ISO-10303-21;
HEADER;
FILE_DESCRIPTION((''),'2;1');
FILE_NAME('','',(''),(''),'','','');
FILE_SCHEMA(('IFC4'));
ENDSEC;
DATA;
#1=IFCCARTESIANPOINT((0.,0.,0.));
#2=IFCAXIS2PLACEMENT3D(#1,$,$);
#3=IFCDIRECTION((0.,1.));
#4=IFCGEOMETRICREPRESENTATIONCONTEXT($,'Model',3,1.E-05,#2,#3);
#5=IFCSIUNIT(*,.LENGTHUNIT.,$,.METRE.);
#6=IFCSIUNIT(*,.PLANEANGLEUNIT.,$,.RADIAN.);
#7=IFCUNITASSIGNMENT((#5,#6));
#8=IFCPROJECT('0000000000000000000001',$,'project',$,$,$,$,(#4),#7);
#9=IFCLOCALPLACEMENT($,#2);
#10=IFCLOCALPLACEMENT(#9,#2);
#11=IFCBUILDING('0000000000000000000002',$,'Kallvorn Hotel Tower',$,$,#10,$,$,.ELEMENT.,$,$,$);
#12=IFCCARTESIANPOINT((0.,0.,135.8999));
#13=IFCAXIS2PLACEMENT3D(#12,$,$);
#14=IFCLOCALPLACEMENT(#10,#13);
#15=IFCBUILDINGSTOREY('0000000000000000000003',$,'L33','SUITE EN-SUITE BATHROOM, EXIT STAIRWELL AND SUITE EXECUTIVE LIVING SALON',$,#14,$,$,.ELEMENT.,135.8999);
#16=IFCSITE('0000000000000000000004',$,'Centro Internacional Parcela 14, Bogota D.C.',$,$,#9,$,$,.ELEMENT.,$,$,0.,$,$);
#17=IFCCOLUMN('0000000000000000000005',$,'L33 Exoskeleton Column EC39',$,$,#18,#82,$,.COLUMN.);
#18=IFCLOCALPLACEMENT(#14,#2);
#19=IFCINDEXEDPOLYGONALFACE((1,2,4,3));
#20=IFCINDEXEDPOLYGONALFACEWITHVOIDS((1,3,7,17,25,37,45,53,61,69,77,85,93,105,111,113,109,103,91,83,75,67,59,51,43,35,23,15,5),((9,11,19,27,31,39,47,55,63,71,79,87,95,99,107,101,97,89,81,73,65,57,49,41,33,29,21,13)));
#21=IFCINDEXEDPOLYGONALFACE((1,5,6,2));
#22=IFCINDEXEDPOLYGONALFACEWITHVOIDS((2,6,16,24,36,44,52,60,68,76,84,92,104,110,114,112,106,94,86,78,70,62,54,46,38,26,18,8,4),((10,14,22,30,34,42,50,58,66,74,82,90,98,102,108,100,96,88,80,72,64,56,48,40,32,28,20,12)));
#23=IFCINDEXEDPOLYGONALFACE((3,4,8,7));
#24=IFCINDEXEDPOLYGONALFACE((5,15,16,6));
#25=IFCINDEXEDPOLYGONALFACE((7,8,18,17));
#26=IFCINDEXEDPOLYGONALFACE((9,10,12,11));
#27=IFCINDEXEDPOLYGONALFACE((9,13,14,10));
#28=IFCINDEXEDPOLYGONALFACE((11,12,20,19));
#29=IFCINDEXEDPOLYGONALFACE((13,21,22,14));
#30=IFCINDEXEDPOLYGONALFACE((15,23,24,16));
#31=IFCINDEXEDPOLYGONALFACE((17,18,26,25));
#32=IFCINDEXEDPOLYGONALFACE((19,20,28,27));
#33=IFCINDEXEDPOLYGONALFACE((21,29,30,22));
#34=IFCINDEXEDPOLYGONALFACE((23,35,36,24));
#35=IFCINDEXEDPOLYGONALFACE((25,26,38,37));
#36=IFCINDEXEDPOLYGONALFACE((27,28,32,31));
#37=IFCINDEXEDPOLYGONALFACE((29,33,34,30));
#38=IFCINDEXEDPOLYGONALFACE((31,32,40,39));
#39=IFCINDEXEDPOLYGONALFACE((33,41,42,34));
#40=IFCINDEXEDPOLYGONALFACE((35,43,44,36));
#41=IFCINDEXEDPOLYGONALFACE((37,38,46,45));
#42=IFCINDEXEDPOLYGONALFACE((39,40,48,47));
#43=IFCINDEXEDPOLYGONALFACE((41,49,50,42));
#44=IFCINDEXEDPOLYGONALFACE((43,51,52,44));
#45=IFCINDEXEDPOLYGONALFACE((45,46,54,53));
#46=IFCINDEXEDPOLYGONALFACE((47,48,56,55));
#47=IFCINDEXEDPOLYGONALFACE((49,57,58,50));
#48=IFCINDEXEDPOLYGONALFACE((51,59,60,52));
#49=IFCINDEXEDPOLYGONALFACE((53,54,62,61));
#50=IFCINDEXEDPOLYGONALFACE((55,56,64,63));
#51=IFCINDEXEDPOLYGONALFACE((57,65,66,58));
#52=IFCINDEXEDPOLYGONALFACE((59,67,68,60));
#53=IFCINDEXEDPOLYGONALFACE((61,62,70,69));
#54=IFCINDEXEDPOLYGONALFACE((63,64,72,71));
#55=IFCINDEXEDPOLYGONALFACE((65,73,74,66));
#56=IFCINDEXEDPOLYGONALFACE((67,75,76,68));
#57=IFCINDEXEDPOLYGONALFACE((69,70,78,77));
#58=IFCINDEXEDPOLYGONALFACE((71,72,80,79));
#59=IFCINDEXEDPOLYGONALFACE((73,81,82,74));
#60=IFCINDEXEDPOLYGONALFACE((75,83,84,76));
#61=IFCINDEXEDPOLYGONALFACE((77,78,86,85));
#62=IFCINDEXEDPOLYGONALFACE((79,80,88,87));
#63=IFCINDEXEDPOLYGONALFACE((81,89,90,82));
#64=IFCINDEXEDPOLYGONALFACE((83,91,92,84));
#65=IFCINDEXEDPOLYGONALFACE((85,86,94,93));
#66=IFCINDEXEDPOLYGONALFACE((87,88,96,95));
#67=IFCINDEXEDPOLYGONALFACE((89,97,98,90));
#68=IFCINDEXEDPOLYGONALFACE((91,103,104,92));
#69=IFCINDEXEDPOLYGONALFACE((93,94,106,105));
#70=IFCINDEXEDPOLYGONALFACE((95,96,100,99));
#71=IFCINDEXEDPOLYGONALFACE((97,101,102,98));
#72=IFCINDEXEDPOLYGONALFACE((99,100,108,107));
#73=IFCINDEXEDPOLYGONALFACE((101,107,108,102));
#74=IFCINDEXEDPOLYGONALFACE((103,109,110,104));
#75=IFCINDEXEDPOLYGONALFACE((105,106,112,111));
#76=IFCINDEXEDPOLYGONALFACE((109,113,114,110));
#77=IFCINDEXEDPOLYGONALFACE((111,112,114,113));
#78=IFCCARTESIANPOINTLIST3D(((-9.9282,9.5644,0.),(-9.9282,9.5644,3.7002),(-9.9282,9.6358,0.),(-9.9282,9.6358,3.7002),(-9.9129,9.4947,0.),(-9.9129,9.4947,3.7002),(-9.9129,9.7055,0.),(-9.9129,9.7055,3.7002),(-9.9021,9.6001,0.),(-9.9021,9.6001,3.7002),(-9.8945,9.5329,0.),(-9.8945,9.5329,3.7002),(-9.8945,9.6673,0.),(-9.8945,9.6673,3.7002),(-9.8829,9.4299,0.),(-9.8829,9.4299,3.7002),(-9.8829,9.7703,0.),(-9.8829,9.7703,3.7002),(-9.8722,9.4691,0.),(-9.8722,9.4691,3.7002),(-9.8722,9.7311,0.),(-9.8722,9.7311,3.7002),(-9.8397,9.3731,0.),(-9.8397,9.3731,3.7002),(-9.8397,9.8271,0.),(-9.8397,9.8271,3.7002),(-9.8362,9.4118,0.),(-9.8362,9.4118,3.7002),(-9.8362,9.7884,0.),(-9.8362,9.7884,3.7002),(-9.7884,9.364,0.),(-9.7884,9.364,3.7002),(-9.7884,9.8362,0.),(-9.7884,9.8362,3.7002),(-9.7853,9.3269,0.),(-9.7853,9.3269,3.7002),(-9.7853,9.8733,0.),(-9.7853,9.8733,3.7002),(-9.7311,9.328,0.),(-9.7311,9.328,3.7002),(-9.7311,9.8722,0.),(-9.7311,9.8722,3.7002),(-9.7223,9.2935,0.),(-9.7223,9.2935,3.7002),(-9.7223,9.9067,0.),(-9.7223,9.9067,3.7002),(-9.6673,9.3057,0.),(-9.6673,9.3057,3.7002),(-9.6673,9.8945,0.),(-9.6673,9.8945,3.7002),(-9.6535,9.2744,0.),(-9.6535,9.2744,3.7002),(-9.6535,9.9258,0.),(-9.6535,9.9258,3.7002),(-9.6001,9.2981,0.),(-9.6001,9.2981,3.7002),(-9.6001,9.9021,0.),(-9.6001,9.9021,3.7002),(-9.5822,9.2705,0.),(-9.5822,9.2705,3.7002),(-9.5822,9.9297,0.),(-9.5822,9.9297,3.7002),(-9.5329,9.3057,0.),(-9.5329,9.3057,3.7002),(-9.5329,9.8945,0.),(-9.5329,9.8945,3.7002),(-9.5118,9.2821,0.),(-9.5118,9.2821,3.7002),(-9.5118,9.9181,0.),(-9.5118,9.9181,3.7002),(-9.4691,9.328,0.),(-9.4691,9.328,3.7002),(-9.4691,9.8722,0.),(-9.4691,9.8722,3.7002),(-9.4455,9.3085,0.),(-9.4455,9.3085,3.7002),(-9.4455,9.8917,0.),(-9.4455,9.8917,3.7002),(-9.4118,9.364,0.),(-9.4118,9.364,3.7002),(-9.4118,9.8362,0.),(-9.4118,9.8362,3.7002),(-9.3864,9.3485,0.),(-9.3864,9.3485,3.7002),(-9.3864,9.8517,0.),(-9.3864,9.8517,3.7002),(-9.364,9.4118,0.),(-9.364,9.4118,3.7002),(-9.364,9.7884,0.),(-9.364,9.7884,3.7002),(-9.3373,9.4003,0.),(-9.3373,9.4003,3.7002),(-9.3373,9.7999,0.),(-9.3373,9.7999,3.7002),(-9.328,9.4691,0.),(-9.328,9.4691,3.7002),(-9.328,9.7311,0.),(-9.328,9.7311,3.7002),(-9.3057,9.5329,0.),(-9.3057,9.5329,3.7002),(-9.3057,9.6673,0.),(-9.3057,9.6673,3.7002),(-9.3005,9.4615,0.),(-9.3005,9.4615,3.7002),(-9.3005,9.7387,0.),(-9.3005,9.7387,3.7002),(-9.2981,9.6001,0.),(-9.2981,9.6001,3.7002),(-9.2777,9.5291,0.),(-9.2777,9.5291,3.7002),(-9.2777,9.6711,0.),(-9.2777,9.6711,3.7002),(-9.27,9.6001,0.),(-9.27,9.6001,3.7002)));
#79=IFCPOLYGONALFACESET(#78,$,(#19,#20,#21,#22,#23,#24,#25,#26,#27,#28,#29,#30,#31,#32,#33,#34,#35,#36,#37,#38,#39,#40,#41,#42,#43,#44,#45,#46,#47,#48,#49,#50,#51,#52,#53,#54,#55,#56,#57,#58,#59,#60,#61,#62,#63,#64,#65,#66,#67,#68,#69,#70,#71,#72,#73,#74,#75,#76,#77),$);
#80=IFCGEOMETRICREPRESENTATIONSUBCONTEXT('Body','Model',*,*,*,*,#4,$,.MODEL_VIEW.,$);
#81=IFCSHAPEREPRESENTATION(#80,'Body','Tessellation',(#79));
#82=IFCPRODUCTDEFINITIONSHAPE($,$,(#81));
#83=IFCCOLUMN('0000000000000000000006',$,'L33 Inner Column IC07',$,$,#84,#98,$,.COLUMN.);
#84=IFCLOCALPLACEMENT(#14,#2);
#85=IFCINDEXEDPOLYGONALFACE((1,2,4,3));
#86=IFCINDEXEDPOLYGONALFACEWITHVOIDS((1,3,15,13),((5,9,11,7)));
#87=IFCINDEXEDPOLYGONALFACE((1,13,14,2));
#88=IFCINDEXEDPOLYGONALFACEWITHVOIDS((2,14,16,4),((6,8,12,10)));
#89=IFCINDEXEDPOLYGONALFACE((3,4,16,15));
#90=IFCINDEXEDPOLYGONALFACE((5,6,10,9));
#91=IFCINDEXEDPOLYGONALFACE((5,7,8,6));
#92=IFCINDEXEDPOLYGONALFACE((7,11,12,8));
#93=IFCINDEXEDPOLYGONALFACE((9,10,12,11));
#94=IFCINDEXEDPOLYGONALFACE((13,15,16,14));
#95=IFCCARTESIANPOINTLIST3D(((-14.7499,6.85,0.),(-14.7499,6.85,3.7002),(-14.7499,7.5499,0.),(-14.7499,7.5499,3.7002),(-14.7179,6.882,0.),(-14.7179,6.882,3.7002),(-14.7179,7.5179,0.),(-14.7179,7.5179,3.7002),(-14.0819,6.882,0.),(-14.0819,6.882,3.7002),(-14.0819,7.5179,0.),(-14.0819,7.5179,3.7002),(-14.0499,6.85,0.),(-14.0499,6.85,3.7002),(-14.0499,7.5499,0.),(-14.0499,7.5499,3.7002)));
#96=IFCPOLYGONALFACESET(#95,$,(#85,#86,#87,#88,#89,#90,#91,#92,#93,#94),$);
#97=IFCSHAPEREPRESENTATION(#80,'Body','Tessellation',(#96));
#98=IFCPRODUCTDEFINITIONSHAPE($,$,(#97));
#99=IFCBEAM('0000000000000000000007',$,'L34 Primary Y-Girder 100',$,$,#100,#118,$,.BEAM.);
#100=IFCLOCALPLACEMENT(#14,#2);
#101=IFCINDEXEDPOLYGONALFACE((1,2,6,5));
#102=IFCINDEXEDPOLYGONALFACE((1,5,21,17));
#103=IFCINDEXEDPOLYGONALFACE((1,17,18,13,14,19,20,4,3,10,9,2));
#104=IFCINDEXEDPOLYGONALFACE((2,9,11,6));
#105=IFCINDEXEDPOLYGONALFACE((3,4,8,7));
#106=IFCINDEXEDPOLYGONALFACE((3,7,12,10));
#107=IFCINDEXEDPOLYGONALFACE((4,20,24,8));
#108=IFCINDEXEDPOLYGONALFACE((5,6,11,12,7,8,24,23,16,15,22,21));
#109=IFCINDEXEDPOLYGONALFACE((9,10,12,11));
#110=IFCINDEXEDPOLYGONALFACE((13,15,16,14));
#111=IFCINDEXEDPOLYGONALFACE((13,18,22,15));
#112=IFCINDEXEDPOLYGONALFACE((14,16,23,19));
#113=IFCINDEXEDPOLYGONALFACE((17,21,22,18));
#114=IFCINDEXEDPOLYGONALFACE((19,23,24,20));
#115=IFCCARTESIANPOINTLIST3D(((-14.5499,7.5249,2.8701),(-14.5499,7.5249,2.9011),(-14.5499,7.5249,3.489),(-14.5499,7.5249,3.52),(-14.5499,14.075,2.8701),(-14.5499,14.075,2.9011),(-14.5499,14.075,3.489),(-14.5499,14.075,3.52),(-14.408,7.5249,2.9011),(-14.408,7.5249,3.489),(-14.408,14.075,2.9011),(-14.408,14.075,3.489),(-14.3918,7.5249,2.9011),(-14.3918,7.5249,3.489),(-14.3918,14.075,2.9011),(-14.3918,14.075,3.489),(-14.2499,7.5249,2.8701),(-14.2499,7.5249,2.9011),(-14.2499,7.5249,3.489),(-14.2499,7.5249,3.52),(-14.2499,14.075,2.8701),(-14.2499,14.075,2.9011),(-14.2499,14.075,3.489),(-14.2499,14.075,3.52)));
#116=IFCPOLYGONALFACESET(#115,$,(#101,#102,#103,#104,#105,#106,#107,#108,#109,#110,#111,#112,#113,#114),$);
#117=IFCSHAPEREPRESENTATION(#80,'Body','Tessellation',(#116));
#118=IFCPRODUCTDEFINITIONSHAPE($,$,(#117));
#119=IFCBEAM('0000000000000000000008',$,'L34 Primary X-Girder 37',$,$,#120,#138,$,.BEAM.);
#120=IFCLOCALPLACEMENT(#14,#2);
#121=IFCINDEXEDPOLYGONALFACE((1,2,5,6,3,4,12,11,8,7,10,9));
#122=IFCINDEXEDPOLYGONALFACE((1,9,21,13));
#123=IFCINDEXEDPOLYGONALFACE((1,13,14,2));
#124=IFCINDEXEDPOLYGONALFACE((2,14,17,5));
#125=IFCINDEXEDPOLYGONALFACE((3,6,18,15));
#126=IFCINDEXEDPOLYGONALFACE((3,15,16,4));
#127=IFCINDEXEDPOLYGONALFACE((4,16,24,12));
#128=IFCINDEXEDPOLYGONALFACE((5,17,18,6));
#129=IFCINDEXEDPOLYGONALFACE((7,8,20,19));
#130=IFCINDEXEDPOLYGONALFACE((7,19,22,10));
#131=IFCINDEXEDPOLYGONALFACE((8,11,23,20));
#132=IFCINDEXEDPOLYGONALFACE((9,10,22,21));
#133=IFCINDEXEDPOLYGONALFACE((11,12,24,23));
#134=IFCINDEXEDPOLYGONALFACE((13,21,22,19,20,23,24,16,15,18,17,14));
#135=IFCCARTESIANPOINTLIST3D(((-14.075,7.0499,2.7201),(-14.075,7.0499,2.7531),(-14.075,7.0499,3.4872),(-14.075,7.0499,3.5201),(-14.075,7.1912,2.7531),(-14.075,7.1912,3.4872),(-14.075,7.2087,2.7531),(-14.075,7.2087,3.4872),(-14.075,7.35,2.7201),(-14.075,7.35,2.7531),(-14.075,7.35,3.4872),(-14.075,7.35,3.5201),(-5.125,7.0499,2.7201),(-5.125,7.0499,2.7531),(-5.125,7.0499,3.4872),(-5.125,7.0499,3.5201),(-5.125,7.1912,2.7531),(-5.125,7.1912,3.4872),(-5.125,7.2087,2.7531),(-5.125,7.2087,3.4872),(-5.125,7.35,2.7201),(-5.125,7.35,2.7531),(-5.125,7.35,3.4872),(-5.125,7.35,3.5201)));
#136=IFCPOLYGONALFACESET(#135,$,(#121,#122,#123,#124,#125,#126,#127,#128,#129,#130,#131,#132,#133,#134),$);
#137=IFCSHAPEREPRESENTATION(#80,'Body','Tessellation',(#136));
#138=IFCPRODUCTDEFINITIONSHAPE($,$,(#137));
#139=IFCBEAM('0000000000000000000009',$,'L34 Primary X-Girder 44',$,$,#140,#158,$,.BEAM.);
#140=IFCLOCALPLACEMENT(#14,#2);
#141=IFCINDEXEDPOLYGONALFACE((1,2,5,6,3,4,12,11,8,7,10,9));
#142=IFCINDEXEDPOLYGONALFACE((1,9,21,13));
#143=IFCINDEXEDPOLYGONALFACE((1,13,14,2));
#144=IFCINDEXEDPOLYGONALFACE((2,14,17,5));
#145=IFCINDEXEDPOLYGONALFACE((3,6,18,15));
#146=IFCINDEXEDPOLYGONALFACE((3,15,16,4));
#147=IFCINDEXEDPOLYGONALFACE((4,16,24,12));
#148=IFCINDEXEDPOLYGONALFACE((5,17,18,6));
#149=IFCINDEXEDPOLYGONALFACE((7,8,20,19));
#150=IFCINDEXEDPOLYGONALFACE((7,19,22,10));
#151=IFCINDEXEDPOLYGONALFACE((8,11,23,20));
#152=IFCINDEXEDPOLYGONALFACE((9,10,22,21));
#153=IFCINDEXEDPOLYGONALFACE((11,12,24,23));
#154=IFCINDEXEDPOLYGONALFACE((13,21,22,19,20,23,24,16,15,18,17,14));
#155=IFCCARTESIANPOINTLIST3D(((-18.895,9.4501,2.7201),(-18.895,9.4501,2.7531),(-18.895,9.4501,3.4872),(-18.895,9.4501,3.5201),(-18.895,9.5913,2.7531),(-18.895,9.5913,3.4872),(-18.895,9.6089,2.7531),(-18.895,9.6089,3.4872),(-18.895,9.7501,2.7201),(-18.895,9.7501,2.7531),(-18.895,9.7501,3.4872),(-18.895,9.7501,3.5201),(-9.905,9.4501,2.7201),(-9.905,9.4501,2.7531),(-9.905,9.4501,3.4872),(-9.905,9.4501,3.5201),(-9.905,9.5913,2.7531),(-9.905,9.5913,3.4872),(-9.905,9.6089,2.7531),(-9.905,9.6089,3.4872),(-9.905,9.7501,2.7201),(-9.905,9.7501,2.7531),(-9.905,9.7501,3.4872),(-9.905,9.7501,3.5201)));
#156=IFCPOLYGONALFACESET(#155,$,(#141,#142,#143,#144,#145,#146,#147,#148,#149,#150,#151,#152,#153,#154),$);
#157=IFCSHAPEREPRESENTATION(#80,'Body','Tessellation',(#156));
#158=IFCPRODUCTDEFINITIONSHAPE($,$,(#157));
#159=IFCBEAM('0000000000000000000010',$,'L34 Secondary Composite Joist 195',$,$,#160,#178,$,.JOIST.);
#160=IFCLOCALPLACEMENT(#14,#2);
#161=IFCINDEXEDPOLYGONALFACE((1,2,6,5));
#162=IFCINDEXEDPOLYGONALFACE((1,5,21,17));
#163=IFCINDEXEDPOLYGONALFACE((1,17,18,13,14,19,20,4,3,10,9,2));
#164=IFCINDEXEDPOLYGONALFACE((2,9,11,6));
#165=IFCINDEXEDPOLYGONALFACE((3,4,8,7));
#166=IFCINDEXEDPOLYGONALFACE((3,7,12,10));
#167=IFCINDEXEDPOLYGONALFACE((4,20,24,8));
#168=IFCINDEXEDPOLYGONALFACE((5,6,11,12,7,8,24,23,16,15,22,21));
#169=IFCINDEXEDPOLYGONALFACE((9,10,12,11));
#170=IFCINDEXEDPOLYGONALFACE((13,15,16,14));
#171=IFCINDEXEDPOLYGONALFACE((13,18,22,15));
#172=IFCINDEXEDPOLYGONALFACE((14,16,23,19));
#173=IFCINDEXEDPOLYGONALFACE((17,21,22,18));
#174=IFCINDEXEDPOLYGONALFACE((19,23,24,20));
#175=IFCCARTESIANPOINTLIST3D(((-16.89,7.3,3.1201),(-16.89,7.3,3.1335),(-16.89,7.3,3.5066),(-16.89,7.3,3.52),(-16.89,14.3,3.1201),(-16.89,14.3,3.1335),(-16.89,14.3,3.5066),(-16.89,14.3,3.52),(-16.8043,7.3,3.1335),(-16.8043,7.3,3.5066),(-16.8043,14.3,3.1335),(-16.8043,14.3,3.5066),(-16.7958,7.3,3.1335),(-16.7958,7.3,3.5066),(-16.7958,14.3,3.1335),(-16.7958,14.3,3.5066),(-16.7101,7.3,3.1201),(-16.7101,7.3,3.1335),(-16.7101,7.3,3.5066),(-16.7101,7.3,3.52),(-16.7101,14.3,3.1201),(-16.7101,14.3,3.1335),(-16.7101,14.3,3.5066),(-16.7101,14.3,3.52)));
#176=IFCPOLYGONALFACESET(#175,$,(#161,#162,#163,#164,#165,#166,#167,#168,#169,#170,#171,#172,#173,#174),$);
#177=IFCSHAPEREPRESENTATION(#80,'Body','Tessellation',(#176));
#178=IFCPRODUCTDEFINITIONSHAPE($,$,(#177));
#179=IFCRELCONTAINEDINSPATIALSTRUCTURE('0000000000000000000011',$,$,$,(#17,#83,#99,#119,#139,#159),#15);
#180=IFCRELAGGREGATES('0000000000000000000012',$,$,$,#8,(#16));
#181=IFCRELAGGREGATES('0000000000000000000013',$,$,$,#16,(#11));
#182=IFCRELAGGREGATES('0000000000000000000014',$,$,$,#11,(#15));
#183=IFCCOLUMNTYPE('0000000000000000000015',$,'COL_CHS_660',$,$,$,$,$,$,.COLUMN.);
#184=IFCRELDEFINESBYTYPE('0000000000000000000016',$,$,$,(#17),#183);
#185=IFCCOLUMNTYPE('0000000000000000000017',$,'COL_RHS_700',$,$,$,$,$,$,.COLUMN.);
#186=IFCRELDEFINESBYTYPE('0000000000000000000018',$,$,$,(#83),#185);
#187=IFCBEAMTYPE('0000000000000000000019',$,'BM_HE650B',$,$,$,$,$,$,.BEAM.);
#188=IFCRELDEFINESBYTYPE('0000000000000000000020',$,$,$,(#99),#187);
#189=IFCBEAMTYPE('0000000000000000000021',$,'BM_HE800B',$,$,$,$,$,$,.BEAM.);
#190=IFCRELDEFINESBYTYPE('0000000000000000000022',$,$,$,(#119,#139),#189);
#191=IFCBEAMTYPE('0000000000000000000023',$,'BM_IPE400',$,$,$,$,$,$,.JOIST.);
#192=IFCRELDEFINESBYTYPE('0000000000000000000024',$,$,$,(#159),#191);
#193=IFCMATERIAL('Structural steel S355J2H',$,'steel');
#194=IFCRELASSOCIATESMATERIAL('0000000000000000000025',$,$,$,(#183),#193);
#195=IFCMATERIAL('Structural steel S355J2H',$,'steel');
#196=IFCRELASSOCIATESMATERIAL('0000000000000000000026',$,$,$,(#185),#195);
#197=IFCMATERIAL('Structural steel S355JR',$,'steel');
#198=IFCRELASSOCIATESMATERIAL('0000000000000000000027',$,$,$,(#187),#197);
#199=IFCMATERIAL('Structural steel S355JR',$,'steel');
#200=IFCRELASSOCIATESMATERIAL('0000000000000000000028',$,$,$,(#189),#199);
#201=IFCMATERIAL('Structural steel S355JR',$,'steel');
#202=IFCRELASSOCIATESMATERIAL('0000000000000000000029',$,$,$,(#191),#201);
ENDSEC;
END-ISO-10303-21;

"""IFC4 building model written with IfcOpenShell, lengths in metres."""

from ifc_helpers import new_model, si_unit, direction, frame, origin, origin_2d, place, context, subcontext, project, spatial, hollow_rectangle, hollow_circle, i_section, extrude, material, material_profile, profile_set, type_object, element, save


model = new_model("IFC4")

# Units and contexts
model_context = context("Model", 3, precision=1e-05, world=origin(), true_north=direction((0.0, 1.0)))
body_context = subcontext(model_context, "Body", "Model", "MODEL_VIEW")
ifc_project = project(units=[si_unit("LENGTHUNIT", "METRE"), si_unit("PLANEANGLEUNIT", "RADIAN")], contexts=[model_context])

# Site, building, storey
site_placement = place(None, origin())
site = spatial("IfcSite", under=ifc_project, at=site_placement, Name="Centro Internacional Parcela 14, Bogota D.C.", CompositionType="ELEMENT", RefElevation=0.0)
building_placement = place(site_placement, origin())
building = spatial("IfcBuilding", under=site, at=building_placement, Name="Kallvorn Hotel Tower", CompositionType="ELEMENT")
storey_placement = place(building_placement, frame((0.0, 0.0, 135.8999)))
storey = spatial("IfcBuildingStorey", under=building, at=storey_placement, Name="L33", Description="SUITE EN-SUITE BATHROOM, EXIT STAIRWELL AND SUITE EXECUTIVE LIVING SALON", CompositionType="ELEMENT", Elevation=135.8999)

# Columns
ifc_material_1 = material(Name="Structural steel S355J2H", Category="steel")
ifc_material_profile_1 = material_profile(ifc_material_1, hollow_circle(Radius=0.3301, WallThickness=0.0281, at=origin_2d()), Name="CHS 660x28")
ifc_profile_set_1 = profile_set([ifc_material_profile_1], Name="Structural steel S355J2H")
column_type_1 = type_object("IfcColumnType", Name="COL_CHS_660", PredefinedType="COLUMN", material=ifc_profile_set_1)
column_1_placement = place(storey_placement, frame((-9.6001, 9.6001, 0.0), z_axis=(0.0, 0.0, 1.0), x_axis=(1.0, 0.0, 0.0)))
element("IfcColumn", 1, at=column_1_placement, inside=storey, type_object=column_type_1, Name="L33 Exoskeleton Column EC39", PredefinedType="COLUMN", context=body_context, shape_type="SweptSolid", body=[
    extrude(hollow_circle(Radius=0.3301, WallThickness=0.0281, at=origin_2d()), origin(), (0.0, 0.0, 1.0), 3.7002),
])
ifc_material_2 = material(Name="Structural steel S355J2H", Category="steel")
ifc_material_profile_2 = material_profile(ifc_material_2, hollow_rectangle(XDim=0.7, YDim=0.7, WallThickness=0.032, at=origin_2d()), Name="RHS 700x700x32")
ifc_profile_set_2 = profile_set([ifc_material_profile_2], Name="Structural steel S355J2H")
column_type_2 = type_object("IfcColumnType", Name="COL_RHS_700", PredefinedType="COLUMN", material=ifc_profile_set_2)
column_2_placement = place(storey_placement, frame((-14.3999, 7.2, 0.0), z_axis=(0.0, 0.0, 1.0), x_axis=(1.0, 0.0, 0.0)))
element("IfcColumn", 2, at=column_2_placement, inside=storey, type_object=column_type_2, Name="L33 Inner Column IC07", PredefinedType="COLUMN", context=body_context, shape_type="SweptSolid", body=[
    extrude(hollow_rectangle(XDim=0.7, YDim=0.7, WallThickness=0.032, at=origin_2d()), origin(), (0.0, 0.0, 1.0), 3.7002),
])

# Beams
ifc_material_3 = material(Name="Structural steel S355JR", Category="steel")
ifc_material_profile_3 = material_profile(ifc_material_3, i_section(OverallWidth=0.3, OverallDepth=0.6499, WebThickness=0.0161, FlangeThickness=0.031, at=origin_2d()), Name="HE 650 B")
ifc_profile_set_3 = profile_set([ifc_material_profile_3], Name="Structural steel S355JR")
beam_type_1 = type_object("IfcBeamType", Name="BM_HE650B", PredefinedType="BEAM", material=ifc_profile_set_3)
beam_1_placement = place(storey_placement, frame((-14.3999, 7.5249, 3.1951), z_axis=(0.0, 1.0, 0.0), x_axis=(-1.0, 0.0, 0.0)))
element("IfcBeam", 3, at=beam_1_placement, inside=storey, type_object=beam_type_1, Name="L34 Primary Y-Girder 100", PredefinedType="BEAM", context=body_context, shape_type="SweptSolid", body=[
    extrude(i_section(OverallWidth=0.3, OverallDepth=0.6499, WebThickness=0.0161, FlangeThickness=0.031, at=origin_2d()), origin(), (0.0, 0.0, 1.0), 6.55),
])
ifc_material_4 = material(Name="Structural steel S355JR", Category="steel")
ifc_material_profile_4 = material_profile(ifc_material_4, i_section(OverallWidth=0.3, OverallDepth=0.8, WebThickness=0.0176, FlangeThickness=0.033, at=origin_2d()), Name="HE 800 B")
ifc_profile_set_4 = profile_set([ifc_material_profile_4], Name="Structural steel S355JR")
beam_type_2 = type_object("IfcBeamType", Name="BM_HE800B", PredefinedType="BEAM", material=ifc_profile_set_4)
beam_2_placement = place(storey_placement, frame((-14.075, 7.2, 3.1201), z_axis=(1.0, 0.0, 0.0), x_axis=(0.0, 1.0, 0.0)))
element("IfcBeam", 4, at=beam_2_placement, inside=storey, type_object=beam_type_2, Name="L34 Primary X-Girder 37", PredefinedType="BEAM", context=body_context, shape_type="SweptSolid", body=[
    extrude(i_section(OverallWidth=0.3, OverallDepth=0.8, WebThickness=0.0176, FlangeThickness=0.033, at=origin_2d()), origin(), (0.0, 0.0, 1.0), 8.95),
])
beam_3_placement = place(storey_placement, frame((-18.895, 9.6001, 3.1201), z_axis=(1.0, 0.0, 0.0), x_axis=(0.0, 1.0, 0.0)))
element("IfcBeam", 5, at=beam_3_placement, inside=storey, type_object=beam_type_2, Name="L34 Primary X-Girder 44", PredefinedType="BEAM", context=body_context, shape_type="SweptSolid", body=[
    extrude(i_section(OverallWidth=0.3, OverallDepth=0.8, WebThickness=0.0176, FlangeThickness=0.033, at=origin_2d()), origin(), (0.0, 0.0, 1.0), 8.99),
])
ifc_material_5 = material(Name="Structural steel S355JR", Category="steel")
ifc_material_profile_5 = material_profile(ifc_material_5, i_section(OverallWidth=0.1799, OverallDepth=0.3999, WebThickness=0.0085, FlangeThickness=0.0134, at=origin_2d()), Name="IPE 400")
ifc_profile_set_5 = profile_set([ifc_material_profile_5], Name="Structural steel S355JR")
beam_type_3 = type_object("IfcBeamType", Name="BM_IPE400", PredefinedType="JOIST", material=ifc_profile_set_5)
for number, where, z_axis, x_axis, name in (
    (6, (-16.8, 7.3, 3.3201), (0.0, 1.0, 0.0), (-1.0, 0.0, 0.0), "L34 Secondary Composite Joist 195"),
):
    element("IfcBeam", number, at=place(storey_placement, frame(where, z_axis=z_axis, x_axis=x_axis)), inside=storey, type_object=beam_type_3, Name=name, PredefinedType="JOIST", context=body_context, shape_type="SweptSolid", body=[
        extrude(i_section(OverallWidth=0.1799, OverallDepth=0.3999, WebThickness=0.0085, FlangeThickness=0.0134, at=origin_2d()), origin(), (0.0, 0.0, 1.0), 7.0),
    ])

save(model, "model.ifc")
